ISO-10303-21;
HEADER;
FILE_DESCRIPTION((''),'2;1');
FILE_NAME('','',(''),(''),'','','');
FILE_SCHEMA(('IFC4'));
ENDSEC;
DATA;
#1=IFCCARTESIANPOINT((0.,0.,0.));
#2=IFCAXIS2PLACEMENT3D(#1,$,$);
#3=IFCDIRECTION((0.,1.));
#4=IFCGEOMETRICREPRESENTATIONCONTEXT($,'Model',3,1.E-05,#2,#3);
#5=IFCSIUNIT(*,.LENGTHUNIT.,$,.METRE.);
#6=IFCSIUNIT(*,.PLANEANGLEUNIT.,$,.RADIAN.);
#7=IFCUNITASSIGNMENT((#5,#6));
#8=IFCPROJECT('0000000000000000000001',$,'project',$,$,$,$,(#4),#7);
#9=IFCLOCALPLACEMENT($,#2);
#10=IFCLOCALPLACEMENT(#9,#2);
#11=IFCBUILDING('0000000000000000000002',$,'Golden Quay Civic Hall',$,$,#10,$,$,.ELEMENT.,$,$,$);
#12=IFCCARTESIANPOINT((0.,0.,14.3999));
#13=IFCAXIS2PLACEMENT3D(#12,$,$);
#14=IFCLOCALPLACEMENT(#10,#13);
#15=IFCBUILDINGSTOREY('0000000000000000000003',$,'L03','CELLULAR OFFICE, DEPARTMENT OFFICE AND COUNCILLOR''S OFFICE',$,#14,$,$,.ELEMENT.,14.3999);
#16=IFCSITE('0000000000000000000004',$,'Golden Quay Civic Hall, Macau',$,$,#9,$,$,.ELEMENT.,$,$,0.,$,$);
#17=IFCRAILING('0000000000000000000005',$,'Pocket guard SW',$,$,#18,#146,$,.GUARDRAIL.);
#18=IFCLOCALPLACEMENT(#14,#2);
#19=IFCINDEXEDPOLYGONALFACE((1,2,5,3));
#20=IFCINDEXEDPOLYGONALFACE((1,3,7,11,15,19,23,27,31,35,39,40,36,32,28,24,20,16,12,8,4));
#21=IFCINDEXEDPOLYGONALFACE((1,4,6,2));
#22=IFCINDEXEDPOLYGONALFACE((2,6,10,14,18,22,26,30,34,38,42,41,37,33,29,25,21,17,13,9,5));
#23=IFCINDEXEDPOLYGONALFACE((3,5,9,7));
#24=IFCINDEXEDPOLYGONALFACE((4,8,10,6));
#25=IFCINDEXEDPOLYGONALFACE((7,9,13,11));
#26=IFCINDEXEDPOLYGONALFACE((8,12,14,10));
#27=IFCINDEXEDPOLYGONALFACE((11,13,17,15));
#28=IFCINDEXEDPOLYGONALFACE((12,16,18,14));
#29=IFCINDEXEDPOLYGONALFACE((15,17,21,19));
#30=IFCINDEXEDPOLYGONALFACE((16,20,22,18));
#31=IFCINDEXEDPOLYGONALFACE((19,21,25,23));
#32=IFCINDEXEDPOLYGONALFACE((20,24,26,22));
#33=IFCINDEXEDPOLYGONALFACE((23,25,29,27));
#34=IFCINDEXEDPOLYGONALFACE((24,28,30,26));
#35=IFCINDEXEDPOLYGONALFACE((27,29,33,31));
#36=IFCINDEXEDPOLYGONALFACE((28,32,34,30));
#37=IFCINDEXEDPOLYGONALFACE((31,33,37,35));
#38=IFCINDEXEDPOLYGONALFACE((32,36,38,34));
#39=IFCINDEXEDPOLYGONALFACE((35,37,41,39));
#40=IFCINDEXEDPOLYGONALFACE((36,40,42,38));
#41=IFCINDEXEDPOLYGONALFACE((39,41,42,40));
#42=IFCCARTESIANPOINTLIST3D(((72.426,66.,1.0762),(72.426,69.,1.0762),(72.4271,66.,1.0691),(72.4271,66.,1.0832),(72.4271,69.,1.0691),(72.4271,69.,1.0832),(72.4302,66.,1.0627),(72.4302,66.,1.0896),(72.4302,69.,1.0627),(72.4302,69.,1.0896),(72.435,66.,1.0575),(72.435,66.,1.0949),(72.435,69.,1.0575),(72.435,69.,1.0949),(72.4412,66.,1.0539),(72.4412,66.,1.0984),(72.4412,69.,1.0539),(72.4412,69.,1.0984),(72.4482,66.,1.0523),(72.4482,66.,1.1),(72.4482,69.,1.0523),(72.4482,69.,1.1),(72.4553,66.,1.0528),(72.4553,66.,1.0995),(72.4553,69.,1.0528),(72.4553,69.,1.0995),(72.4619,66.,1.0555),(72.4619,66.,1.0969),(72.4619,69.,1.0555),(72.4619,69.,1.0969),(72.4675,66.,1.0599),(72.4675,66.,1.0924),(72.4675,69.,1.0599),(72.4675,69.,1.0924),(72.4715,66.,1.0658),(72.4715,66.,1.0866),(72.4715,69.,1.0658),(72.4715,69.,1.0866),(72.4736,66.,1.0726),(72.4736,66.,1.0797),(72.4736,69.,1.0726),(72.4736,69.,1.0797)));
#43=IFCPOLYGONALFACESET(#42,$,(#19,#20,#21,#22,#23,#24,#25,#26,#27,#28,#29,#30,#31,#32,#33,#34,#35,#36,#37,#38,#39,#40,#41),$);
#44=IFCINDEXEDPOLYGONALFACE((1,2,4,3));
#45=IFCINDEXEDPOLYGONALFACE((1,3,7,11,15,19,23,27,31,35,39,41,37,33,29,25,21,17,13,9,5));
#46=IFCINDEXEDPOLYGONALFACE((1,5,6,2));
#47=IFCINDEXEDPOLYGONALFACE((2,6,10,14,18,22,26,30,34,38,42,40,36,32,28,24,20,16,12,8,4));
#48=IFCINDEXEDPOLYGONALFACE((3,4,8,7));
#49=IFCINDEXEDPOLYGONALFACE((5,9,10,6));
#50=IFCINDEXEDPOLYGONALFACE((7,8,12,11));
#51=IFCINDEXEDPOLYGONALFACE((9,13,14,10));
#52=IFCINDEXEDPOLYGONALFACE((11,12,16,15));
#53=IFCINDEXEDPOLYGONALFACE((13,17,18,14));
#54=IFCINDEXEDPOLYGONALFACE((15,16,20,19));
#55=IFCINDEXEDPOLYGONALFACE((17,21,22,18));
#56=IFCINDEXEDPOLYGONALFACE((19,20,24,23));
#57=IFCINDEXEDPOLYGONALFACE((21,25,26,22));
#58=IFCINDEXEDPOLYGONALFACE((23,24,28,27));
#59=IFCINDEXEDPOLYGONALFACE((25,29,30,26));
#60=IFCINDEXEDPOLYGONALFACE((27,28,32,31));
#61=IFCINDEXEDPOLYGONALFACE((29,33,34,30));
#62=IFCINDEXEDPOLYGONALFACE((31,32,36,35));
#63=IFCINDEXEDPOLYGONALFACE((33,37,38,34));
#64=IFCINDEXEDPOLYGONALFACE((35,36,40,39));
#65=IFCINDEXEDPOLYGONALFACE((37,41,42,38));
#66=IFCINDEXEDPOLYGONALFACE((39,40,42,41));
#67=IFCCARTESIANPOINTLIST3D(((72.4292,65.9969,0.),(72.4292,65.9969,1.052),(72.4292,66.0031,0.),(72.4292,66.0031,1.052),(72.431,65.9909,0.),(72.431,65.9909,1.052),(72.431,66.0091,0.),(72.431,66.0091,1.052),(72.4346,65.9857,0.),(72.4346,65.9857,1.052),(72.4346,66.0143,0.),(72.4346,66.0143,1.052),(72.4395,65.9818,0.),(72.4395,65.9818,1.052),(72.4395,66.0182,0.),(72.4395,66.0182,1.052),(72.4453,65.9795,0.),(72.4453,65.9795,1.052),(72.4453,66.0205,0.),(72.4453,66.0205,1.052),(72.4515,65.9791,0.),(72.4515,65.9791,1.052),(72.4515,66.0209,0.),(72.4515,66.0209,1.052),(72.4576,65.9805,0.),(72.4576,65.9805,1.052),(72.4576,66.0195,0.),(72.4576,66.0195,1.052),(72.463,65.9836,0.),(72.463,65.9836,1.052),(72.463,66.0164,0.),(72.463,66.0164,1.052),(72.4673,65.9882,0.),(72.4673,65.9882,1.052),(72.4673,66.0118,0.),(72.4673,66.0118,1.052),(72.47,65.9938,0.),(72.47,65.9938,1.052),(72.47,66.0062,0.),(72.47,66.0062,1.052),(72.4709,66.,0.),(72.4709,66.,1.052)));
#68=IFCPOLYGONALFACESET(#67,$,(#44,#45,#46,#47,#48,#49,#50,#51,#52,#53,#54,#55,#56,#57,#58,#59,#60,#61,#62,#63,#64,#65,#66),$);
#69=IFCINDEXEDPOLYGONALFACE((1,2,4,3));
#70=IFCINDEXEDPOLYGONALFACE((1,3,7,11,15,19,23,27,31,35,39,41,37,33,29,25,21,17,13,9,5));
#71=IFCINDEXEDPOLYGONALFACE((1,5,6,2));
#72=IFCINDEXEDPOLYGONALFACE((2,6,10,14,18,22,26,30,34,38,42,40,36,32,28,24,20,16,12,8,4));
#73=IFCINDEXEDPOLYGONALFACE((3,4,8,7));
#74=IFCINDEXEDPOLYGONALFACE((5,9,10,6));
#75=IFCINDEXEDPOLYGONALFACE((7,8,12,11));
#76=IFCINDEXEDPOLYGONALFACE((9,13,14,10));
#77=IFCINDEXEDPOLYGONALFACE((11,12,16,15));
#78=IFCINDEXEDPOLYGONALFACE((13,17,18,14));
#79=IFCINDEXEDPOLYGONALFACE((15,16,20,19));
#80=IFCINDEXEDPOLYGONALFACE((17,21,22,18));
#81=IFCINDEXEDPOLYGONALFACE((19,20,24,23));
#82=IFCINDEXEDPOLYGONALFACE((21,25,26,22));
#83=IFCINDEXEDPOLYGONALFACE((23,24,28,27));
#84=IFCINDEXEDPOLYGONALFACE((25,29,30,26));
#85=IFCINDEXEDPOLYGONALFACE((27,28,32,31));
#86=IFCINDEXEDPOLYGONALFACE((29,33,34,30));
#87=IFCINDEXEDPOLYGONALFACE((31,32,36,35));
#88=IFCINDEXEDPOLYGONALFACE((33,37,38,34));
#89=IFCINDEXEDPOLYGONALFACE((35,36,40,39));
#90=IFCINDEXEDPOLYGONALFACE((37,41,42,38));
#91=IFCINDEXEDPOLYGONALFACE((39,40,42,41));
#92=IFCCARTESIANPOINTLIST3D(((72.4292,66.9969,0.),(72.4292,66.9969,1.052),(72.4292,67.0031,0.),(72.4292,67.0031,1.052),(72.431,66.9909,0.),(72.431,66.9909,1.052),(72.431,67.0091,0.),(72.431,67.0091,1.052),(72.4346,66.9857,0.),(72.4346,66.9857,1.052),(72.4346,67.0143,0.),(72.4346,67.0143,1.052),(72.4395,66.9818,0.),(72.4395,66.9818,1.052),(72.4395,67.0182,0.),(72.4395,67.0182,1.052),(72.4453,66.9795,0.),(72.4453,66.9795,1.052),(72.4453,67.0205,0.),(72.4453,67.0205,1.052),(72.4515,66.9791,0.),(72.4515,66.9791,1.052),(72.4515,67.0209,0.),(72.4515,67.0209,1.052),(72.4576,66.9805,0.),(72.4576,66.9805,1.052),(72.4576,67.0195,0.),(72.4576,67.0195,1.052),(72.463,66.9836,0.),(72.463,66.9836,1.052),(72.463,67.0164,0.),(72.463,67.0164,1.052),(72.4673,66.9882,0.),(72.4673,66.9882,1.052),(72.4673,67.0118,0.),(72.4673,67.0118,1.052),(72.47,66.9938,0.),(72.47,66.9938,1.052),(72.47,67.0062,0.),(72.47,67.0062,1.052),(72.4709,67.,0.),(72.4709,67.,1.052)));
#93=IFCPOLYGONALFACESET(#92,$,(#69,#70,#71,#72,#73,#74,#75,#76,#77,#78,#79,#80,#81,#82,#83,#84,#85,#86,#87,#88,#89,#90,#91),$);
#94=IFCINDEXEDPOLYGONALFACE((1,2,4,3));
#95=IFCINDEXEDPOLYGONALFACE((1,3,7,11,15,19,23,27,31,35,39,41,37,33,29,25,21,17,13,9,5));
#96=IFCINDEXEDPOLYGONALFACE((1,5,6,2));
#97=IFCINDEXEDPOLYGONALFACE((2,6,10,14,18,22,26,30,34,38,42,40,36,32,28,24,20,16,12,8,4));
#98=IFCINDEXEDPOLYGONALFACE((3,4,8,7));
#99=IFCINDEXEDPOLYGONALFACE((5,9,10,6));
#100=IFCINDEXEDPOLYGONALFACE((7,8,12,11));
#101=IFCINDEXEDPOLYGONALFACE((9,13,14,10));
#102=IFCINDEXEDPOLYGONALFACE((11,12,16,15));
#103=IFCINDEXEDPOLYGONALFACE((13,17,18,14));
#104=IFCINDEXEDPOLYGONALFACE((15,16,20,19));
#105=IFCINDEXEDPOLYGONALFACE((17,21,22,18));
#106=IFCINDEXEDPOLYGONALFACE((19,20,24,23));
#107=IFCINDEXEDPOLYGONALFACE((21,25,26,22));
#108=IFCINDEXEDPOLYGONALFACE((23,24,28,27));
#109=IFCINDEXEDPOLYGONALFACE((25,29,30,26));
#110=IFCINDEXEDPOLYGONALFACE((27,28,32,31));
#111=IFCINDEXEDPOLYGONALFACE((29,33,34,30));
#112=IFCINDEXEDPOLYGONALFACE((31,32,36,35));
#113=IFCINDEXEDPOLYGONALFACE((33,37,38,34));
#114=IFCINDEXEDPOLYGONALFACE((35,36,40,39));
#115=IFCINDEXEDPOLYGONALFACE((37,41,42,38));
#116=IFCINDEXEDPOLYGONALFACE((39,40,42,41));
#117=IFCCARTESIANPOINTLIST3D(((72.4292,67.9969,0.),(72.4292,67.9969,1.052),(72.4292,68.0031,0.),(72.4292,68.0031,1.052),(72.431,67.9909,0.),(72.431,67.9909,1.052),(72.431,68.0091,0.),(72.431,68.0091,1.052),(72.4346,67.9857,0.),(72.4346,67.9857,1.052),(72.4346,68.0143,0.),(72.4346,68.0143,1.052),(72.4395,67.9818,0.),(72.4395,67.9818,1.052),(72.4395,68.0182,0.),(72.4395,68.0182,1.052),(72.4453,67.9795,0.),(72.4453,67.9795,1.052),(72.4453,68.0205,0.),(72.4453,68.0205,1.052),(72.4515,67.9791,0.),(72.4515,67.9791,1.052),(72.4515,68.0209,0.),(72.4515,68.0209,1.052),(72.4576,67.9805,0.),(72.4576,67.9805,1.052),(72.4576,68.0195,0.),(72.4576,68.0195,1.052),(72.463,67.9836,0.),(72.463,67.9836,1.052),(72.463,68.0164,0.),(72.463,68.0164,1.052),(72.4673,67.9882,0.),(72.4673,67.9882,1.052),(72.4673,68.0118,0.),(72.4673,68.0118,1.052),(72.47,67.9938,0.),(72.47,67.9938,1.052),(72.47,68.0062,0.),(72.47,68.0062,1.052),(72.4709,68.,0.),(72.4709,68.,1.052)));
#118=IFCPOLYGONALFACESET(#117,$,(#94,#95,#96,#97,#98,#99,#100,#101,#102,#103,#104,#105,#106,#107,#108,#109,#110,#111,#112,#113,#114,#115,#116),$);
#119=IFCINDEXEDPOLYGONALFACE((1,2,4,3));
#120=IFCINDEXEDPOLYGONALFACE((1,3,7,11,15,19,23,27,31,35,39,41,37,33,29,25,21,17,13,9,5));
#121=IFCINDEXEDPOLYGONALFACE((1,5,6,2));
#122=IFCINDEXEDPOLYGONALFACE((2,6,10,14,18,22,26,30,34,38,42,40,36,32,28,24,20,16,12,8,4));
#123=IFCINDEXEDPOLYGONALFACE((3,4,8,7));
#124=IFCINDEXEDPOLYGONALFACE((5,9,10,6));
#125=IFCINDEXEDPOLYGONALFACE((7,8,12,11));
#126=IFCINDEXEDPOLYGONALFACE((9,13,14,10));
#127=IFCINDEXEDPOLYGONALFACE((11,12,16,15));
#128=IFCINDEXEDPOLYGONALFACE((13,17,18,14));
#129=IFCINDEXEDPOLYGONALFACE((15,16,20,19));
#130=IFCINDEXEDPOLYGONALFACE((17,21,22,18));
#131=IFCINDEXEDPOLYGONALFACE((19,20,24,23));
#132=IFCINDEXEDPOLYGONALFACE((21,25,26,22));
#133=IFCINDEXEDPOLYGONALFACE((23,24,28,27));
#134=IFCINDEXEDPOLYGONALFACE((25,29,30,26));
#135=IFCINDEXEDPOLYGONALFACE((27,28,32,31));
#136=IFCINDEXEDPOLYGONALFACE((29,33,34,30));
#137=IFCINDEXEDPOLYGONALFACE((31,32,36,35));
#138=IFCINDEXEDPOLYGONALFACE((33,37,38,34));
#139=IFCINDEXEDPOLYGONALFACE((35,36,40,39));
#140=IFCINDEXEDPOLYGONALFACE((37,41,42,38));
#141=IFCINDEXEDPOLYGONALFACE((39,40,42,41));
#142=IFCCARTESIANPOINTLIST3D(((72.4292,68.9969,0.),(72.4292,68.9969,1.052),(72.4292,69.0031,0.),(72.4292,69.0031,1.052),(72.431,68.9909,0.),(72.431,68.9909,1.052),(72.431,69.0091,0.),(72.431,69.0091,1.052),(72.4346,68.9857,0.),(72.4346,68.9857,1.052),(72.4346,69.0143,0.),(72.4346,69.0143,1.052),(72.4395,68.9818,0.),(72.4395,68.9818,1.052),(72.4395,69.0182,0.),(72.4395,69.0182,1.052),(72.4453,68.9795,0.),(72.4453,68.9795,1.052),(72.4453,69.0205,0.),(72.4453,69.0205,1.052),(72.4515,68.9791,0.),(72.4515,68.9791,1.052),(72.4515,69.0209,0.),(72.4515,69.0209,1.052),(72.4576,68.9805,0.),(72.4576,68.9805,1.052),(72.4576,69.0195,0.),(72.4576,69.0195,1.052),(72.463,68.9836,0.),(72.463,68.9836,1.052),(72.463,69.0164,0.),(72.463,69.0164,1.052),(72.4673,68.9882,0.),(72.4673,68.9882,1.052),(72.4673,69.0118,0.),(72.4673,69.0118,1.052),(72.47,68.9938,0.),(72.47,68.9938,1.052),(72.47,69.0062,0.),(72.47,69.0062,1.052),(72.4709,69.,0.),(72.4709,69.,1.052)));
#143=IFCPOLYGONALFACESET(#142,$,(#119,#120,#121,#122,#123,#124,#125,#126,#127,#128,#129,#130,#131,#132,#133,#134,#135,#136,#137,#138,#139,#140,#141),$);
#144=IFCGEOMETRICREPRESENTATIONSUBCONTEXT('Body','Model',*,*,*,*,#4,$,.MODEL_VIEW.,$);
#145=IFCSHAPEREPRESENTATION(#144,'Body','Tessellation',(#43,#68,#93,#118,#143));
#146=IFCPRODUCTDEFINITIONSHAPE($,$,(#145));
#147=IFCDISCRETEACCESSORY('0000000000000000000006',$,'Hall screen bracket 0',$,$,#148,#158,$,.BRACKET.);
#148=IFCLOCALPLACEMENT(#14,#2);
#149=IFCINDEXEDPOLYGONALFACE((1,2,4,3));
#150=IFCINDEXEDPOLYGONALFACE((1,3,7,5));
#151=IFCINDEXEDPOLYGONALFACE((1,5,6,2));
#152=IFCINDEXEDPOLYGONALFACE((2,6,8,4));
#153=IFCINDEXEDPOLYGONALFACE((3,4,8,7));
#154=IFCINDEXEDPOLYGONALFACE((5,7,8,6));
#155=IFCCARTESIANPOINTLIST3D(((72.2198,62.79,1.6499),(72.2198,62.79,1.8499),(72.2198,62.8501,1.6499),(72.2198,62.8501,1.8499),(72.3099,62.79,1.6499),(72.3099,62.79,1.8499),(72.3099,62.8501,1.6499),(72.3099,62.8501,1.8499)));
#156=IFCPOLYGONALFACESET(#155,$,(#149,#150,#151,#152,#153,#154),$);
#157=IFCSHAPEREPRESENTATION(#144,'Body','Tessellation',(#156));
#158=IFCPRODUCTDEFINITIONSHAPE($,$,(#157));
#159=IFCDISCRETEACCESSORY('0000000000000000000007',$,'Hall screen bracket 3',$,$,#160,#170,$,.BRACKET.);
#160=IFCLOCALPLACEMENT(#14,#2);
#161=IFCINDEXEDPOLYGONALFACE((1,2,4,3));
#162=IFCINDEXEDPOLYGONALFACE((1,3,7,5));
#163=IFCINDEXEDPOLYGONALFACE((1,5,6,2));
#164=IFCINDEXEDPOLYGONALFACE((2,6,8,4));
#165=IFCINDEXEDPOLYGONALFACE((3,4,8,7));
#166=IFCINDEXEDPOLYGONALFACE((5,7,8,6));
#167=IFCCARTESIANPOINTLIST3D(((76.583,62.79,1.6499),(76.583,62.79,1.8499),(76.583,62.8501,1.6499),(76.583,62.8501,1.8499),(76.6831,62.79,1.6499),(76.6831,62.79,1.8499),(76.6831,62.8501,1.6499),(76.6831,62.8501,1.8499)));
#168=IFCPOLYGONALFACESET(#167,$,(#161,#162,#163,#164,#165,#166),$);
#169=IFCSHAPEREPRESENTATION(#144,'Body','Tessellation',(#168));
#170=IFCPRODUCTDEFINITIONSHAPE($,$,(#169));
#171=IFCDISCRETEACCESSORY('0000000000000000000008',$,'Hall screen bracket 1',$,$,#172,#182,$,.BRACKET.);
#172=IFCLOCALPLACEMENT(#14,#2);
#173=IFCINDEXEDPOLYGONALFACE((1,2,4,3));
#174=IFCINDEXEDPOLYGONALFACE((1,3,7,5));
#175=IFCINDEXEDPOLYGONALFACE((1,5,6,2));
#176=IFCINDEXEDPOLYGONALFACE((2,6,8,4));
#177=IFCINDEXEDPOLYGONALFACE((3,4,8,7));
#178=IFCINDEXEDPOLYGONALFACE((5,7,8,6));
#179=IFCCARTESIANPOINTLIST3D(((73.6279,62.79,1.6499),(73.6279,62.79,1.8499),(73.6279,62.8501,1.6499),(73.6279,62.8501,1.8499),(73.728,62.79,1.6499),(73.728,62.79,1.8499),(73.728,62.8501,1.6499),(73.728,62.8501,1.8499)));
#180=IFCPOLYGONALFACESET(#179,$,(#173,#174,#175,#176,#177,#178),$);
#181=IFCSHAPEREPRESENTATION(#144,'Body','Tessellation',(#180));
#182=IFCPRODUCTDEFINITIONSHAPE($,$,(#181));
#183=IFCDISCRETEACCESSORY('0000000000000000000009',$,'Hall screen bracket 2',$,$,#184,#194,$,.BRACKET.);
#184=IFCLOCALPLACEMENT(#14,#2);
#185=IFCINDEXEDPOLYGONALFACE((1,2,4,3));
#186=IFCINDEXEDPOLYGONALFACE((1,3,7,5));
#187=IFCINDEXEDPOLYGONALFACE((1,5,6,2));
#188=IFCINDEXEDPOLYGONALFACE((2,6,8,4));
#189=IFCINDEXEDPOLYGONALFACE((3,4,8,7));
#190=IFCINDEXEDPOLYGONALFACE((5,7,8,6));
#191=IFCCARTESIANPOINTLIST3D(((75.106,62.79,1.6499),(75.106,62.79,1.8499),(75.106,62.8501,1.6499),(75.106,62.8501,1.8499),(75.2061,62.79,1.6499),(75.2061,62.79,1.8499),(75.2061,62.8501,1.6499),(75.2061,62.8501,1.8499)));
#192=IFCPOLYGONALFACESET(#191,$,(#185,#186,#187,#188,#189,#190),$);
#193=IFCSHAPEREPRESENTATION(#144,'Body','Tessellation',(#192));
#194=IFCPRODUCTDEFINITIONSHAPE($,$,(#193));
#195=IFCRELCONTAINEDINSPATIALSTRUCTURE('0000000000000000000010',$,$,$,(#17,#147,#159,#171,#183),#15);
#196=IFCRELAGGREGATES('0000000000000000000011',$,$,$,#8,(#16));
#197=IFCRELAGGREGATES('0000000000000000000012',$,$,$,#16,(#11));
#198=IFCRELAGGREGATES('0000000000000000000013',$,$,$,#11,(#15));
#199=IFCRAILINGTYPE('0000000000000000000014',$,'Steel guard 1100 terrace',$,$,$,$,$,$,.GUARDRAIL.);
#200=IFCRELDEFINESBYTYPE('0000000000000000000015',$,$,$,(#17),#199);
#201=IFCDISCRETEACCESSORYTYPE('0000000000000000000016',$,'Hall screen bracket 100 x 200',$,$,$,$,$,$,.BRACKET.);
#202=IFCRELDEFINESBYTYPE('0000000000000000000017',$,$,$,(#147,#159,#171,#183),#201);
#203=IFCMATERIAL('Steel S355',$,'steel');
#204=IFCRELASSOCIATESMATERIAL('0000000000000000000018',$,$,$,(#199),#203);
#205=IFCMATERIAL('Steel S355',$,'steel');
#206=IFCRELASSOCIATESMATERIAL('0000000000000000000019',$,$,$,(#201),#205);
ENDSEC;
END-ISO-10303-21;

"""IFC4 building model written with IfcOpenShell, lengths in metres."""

from ifc_helpers import new_model, si_unit, direction, frame, origin, origin_2d, place, context, subcontext, project, spatial, rectangle, circle, extrude, material, type_object, element, save


model = new_model("IFC4")

# Units and contexts
model_context = context("Model", 3, precision=1e-05, world=origin(), true_north=direction((0.0, 1.0)))
body_context = subcontext(model_context, "Body", "Model", "MODEL_VIEW")
ifc_project = project(units=[si_unit("LENGTHUNIT", "METRE"), si_unit("PLANEANGLEUNIT", "RADIAN")], contexts=[model_context])

# Site, building, storey
site_placement = place(None, origin())
site = spatial("IfcSite", under=ifc_project, at=site_placement, Name="Golden Quay Civic Hall, Macau", CompositionType="ELEMENT", RefElevation=0.0)
building_placement = place(site_placement, origin())
building = spatial("IfcBuilding", under=site, at=building_placement, Name="Golden Quay Civic Hall", CompositionType="ELEMENT")
storey_placement = place(building_placement, frame((0.0, 0.0, 14.3999)))
storey = spatial("IfcBuildingStorey", under=building, at=storey_placement, Name="L03", Description="CELLULAR OFFICE, DEPARTMENT OFFICE AND COUNCILLOR'S OFFICE", CompositionType="ELEMENT", Elevation=14.3999)

# Railing
ifc_material_1 = material(Name="Steel S355", Category="steel")
railing_type = type_object("IfcRailingType", Name="Steel guard 1100 terrace", PredefinedType="GUARDRAIL", material=ifc_material_1)
railing_placement = place(storey_placement, frame((72.45, 66.0, 0.0)))
element("IfcRailing", 1, at=railing_placement, inside=storey, type_object=railing_type, Name="Pocket guard SW", PredefinedType="GUARDRAIL", context=body_context, shape_type="SweptSolid", body=[
    extrude(circle(Radius=0.0239, at=origin_2d()), frame((0.0, 0.0, 1.0762), z_axis=(0.0, 1.0, 0.0), x_axis=(-1.0, 0.0, 0.0)), (0.0, 0.0, 1.0), 3.0),
    extrude(circle(Radius=0.021, at=origin_2d()), origin(), (0.0, 0.0, 1.0), 1.052),
    extrude(circle(Radius=0.021, at=origin_2d()), frame((0.0, 1.0, 0.0)), (0.0, 0.0, 1.0), 1.052),
    extrude(circle(Radius=0.021, at=origin_2d()), frame((0.0, 2.0, 0.0)), (0.0, 0.0, 1.0), 1.052),
    extrude(circle(Radius=0.021, at=origin_2d()), frame((0.0, 3.0, 0.0)), (0.0, 0.0, 1.0), 1.052),
])

# Discrete accessories
ifc_material_2 = material(Name="Steel S355", Category="steel")
discrete_accessory_type = type_object("IfcDiscreteAccessoryType", Name="Hall screen bracket 100 x 200", PredefinedType="BRACKET", material=ifc_material_2)
discrete_accessory_placement = place(storey_placement, frame((72.2649, 62.8201, 1.6499), z_axis=(0.0, 0.0, 1.0), x_axis=(1.0, 0.0, 0.0)))
element("IfcDiscreteAccessory", 2, at=discrete_accessory_placement, inside=storey, type_object=discrete_accessory_type, Name="Hall screen bracket 0", PredefinedType="BRACKET", context=body_context, shape_type="SweptSolid", body=[
    extrude(rectangle(XDim=0.0901, YDim=0.0601, at=origin_2d()), origin(), (0.0, 0.0, 1.0), 0.2),
])
for number, where, z_axis, x_axis, name in (
    (3, (76.6331, 62.8201, 1.6499), (0.0, 0.0, 1.0), (1.0, 0.0, 0.0), "Hall screen bracket 3"),
    (4, (73.678, 62.8201, 1.6499), (0.0, 0.0, 1.0), (1.0, 0.0, 0.0), "Hall screen bracket 1"),
    (5, (75.156, 62.8201, 1.6499), (0.0, 0.0, 1.0), (1.0, 0.0, 0.0), "Hall screen bracket 2"),
):
    element("IfcDiscreteAccessory", number, at=place(storey_placement, frame(where, z_axis=z_axis, x_axis=x_axis)), inside=storey, type_object=discrete_accessory_type, Name=name, PredefinedType="BRACKET", context=body_context, shape_type="SweptSolid", body=[
        extrude(rectangle(XDim=0.1001, YDim=0.0601, at=origin_2d()), origin(), (0.0, 0.0, 1.0), 0.2),
    ])

save(model, "model.ifc")
